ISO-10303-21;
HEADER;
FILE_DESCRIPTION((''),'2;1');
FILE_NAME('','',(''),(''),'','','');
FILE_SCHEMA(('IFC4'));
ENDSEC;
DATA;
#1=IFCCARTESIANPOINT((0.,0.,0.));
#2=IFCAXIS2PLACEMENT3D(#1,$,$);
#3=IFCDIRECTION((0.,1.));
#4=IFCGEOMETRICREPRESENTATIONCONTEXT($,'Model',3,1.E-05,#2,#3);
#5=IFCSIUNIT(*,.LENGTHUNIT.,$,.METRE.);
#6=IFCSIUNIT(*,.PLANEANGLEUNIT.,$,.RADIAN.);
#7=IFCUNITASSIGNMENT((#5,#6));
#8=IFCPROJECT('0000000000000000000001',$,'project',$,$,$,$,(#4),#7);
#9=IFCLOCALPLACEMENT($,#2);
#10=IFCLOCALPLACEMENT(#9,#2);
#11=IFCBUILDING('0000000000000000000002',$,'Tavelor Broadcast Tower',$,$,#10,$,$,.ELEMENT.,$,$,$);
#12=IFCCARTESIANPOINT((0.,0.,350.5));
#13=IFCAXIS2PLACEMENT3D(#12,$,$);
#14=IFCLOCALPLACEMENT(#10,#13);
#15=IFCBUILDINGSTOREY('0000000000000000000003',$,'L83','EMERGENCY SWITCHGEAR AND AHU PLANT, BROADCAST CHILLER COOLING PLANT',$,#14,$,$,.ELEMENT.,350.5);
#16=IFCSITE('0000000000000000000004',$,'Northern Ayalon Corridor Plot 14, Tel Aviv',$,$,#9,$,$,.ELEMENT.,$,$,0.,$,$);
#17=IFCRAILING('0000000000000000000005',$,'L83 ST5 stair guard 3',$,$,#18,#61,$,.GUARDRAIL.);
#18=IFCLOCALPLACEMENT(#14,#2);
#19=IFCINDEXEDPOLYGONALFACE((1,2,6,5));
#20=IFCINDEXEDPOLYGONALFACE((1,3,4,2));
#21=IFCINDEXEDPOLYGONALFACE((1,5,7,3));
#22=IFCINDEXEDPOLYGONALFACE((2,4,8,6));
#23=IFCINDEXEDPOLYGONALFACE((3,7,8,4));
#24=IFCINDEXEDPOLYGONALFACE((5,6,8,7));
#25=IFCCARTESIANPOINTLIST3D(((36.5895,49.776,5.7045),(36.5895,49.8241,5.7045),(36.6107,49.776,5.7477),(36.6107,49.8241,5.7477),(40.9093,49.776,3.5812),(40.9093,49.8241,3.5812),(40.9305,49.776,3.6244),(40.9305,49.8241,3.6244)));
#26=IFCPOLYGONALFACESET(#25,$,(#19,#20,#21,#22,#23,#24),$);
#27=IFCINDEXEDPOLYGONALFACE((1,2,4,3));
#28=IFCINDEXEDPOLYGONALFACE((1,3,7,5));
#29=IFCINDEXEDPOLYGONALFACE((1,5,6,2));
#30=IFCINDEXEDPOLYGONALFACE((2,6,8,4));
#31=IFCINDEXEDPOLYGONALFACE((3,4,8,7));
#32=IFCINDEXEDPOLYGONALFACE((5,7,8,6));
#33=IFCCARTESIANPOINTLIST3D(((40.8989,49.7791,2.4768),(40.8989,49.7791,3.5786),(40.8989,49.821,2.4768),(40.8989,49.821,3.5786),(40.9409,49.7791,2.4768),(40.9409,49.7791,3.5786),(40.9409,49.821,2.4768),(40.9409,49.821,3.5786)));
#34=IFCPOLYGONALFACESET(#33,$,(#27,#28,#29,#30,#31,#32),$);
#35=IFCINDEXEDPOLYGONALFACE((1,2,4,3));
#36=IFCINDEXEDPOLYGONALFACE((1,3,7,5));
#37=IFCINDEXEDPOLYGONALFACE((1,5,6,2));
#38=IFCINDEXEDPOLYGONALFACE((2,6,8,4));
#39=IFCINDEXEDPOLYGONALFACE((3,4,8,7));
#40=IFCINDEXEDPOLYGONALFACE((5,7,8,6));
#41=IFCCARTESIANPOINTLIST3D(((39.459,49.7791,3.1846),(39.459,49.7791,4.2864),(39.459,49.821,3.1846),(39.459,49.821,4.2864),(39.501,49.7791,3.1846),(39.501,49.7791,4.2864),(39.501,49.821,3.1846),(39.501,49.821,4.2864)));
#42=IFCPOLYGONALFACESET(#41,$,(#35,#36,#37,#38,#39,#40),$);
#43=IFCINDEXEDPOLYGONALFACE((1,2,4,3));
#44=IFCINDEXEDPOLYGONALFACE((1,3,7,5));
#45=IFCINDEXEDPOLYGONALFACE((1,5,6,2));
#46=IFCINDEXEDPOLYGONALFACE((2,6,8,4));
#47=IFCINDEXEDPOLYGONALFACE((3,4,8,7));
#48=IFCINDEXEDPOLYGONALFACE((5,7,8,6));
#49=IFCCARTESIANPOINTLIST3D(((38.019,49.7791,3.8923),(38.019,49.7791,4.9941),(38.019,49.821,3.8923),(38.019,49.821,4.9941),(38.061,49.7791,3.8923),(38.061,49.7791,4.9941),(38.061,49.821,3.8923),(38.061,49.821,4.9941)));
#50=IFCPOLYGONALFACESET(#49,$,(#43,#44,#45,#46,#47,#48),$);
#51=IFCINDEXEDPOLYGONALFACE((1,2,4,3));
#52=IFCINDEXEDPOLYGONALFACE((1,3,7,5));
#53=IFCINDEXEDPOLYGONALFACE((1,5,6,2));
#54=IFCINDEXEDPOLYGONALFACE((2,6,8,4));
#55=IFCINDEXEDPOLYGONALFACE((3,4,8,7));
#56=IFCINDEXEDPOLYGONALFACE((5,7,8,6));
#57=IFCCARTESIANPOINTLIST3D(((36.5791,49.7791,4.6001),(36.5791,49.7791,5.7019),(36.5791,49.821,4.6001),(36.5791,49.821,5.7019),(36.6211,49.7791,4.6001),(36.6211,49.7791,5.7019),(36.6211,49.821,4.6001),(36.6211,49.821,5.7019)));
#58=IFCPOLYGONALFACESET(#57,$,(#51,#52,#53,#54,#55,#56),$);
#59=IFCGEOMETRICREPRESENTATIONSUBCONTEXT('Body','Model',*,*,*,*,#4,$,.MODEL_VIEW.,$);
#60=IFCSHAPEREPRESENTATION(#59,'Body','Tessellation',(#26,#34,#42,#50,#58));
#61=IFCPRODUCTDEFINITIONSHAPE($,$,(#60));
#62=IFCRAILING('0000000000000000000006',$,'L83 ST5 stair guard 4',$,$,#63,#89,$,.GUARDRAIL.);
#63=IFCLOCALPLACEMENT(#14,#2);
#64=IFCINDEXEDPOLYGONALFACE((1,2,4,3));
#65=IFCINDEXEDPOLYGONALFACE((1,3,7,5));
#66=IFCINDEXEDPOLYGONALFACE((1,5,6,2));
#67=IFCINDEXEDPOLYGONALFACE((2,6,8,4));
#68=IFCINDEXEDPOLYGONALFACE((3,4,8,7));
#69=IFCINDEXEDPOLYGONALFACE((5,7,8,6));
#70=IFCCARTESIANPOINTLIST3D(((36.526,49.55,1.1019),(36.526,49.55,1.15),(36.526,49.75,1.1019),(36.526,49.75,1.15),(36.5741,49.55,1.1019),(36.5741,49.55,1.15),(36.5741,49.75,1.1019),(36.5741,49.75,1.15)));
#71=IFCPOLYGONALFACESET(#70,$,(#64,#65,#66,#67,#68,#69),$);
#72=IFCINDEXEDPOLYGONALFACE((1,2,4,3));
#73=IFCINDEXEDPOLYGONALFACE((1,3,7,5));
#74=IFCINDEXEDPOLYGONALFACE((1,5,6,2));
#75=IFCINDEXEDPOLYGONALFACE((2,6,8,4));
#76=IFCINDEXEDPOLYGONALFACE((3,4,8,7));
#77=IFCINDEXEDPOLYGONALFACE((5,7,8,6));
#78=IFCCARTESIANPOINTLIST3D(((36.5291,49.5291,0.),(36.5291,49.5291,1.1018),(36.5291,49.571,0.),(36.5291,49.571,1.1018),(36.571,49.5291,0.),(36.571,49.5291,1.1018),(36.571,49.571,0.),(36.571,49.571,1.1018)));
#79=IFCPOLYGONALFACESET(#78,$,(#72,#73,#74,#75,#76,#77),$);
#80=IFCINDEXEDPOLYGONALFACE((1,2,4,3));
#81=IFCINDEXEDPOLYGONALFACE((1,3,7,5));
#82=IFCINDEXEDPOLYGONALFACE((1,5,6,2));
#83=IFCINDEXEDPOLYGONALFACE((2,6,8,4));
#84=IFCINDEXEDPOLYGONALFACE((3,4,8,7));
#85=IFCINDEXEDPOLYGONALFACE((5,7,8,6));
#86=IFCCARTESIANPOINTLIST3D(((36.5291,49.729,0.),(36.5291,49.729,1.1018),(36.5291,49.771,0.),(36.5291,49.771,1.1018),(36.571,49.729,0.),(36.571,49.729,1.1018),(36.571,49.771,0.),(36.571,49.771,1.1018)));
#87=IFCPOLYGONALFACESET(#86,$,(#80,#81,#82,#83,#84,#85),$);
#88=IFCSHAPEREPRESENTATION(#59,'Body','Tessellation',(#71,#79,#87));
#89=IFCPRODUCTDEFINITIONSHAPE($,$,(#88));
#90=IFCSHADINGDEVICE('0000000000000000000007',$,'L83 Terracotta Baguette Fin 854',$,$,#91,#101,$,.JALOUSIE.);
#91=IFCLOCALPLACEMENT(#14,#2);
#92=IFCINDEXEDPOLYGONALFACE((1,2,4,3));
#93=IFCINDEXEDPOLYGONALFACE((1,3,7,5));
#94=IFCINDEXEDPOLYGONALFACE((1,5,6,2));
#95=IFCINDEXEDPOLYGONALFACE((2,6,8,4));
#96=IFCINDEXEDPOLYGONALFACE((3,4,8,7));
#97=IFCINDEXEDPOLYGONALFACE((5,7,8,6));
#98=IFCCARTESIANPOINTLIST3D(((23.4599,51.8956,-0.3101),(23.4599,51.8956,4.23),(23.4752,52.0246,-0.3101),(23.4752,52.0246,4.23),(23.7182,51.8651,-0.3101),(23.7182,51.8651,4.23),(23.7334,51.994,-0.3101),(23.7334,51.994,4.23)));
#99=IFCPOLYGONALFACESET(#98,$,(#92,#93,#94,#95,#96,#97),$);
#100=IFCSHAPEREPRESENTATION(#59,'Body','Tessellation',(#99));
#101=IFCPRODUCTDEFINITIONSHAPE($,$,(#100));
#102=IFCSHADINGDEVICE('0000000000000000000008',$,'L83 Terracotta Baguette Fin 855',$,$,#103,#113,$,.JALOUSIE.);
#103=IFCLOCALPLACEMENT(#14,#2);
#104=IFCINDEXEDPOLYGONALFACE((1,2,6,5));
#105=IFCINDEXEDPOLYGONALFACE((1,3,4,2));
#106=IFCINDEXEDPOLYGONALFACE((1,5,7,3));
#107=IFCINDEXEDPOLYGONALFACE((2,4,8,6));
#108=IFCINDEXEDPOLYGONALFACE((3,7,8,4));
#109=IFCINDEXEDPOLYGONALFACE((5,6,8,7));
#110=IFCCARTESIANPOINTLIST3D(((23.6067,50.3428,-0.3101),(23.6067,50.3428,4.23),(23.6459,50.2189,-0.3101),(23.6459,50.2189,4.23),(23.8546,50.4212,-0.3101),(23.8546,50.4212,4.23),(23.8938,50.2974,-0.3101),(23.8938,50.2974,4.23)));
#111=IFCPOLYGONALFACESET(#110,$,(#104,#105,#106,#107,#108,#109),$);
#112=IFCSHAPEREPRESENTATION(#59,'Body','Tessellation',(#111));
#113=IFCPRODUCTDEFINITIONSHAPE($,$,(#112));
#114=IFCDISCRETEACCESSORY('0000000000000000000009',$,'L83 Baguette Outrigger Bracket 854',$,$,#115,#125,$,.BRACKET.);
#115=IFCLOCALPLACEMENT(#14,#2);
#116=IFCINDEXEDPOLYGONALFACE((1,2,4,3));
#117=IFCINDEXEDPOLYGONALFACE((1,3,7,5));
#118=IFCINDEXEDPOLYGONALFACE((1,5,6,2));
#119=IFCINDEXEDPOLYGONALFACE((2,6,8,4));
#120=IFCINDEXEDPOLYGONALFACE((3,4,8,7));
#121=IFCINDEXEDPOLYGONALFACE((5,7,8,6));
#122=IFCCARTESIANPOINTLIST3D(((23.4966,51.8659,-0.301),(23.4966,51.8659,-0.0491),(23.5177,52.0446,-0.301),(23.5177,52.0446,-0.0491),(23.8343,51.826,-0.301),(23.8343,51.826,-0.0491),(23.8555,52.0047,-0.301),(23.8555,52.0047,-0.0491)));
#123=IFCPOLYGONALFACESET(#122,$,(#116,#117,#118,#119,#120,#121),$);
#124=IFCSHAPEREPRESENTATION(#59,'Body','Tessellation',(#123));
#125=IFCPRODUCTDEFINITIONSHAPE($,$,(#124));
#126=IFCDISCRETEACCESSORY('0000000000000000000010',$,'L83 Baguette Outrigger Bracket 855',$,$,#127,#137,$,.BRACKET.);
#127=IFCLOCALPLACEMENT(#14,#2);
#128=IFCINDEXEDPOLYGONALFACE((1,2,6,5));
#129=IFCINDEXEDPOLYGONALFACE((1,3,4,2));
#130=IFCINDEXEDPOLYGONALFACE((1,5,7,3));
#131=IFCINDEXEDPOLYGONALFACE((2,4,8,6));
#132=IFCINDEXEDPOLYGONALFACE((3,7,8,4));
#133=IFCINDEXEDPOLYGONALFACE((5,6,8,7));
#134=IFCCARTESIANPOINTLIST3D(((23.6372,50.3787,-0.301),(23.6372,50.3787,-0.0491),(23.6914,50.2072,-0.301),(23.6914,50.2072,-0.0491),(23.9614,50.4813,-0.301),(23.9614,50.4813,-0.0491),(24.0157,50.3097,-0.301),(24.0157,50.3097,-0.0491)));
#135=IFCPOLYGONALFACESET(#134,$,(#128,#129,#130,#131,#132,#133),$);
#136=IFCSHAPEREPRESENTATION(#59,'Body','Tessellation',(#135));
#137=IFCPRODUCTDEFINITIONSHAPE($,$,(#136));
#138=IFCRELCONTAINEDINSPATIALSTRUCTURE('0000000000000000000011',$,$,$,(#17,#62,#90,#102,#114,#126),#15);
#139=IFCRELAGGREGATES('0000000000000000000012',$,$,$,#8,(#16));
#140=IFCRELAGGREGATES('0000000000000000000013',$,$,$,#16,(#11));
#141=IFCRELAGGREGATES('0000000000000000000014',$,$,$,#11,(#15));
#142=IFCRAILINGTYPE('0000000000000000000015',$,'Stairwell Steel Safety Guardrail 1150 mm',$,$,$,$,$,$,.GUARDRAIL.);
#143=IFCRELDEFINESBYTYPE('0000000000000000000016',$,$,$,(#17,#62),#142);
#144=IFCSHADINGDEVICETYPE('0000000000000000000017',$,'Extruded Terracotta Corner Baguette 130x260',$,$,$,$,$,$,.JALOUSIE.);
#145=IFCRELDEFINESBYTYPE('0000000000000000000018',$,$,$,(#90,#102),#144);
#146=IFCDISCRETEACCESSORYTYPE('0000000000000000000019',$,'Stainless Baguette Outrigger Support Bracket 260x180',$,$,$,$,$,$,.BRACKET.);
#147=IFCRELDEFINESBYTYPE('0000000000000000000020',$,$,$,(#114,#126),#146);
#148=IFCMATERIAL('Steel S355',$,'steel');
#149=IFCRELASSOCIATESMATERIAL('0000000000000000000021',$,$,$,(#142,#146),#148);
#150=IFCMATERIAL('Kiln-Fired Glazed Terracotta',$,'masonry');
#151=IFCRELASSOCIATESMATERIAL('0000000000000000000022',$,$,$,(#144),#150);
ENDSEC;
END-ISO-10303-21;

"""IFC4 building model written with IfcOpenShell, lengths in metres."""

from ifc_helpers import new_model, si_unit, direction, frame, origin, origin_2d, place, context, subcontext, project, spatial, rectangle, extrude, source, transform, mapped, material, type_object, type_shapes, element, save


model = new_model("IFC4")

# Units and contexts
model_context = context("Model", 3, precision=1e-05, world=origin(), true_north=direction((0.0, 1.0)))
body_context = subcontext(model_context, "Body", "Model", "MODEL_VIEW")
ifc_project = project(units=[si_unit("LENGTHUNIT", "METRE"), si_unit("PLANEANGLEUNIT", "RADIAN")], contexts=[model_context])

# Site, building, storey
site_placement = place(None, origin())
site = spatial("IfcSite", under=ifc_project, at=site_placement, Name="Northern Ayalon Corridor Plot 14, Tel Aviv", CompositionType="ELEMENT", RefElevation=0.0)
building_placement = place(site_placement, origin())
building = spatial("IfcBuilding", under=site, at=building_placement, Name="Tavelor Broadcast Tower", CompositionType="ELEMENT")
storey_placement = place(building_placement, frame((0.0, 0.0, 350.5)))
storey = spatial("IfcBuildingStorey", under=building, at=storey_placement, Name="L83", Description="EMERGENCY SWITCHGEAR AND AHU PLANT, BROADCAST CHILLER COOLING PLANT", CompositionType="ELEMENT", Elevation=350.5)

# Shared definitions
ifc_material_1 = material(Name="Steel S355", Category="steel")

# Railings
railing_type_1 = type_object("IfcRailingType", Name="Stairwell Steel Safety Guardrail 1150 mm", PredefinedType="GUARDRAIL", material=ifc_material_1)
railing_1_placement = place(storey_placement, frame((40.9199, 49.8, 2.4768)))
element("IfcRailing", 1, at=railing_1_placement, inside=storey, type_object=railing_type_1, Name="L83 ST5 stair guard 3", PredefinedType="GUARDRAIL", context=body_context, shape_type="SweptSolid", body=[
    extrude(rectangle(XDim=0.0481, YDim=0.0481, at=origin_2d()), frame((0.0, 0.0, 1.126), z_axis=(-0.89745, 0.0, 0.441117), x_axis=(0.0, -1.0, 0.0)), (0.0, 0.0, 1.0), 4.8135),
    extrude(rectangle(XDim=0.042, YDim=0.042, at=origin_2d()), origin(), (0.0, 0.0, 1.0), 1.1018),
    extrude(rectangle(XDim=0.042, YDim=0.042, at=origin_2d()), frame((-1.4399, 0.0, 0.7078)), (0.0, 0.0, 1.0), 1.1018),
    extrude(rectangle(XDim=0.042, YDim=0.042, at=origin_2d()), frame((-2.8799, 0.0, 1.4155)), (0.0, 0.0, 1.0), 1.1018),
    extrude(rectangle(XDim=0.042, YDim=0.042, at=origin_2d()), frame((-4.3198, 0.0, 2.1233)), (0.0, 0.0, 1.0), 1.1018),
])
railing_2_placement = place(storey_placement, frame((36.55, 49.55, 0.0)))
element("IfcRailing", 2, at=railing_2_placement, inside=storey, type_object=railing_type_1, Name="L83 ST5 stair guard 4", PredefinedType="GUARDRAIL", context=body_context, shape_type="SweptSolid", body=[
    extrude(rectangle(XDim=0.0481, YDim=0.0481, at=origin_2d()), frame((0.0, 0.0, 1.126), z_axis=(0.0, 1.0, 0.0), x_axis=(-1.0, 0.0, 0.0)), (0.0, 0.0, 1.0), 0.2),
    extrude(rectangle(XDim=0.042, YDim=0.042, at=origin_2d()), origin(), (0.0, 0.0, 1.0), 1.1018),
    extrude(rectangle(XDim=0.042, YDim=0.042, at=origin_2d()), frame((0.0, 0.2, 0.0)), (0.0, 0.0, 1.0), 1.1018),
])

# Shading devices
ifc_material_2 = material(Name="Kiln-Fired Glazed Terracotta", Category="masonry")
shading_device_type = type_object("IfcShadingDeviceType", Name="Extruded Terracotta Corner Baguette 130x260", PredefinedType="JALOUSIE", material=ifc_material_2)
shared_shape_1 = source(origin(), body_context, "Body", "SweptSolid", [
    extrude(rectangle(XDim=0.1299, YDim=0.26, at=origin_2d()), origin(), (0.0, 0.0, 1.0), 4.54),
])
type_shapes(shading_device_type, [shared_shape_1])
for number, where, z_axis, x_axis, name in (
    (3, (23.5967, 51.9448, -0.3101), (0.0, 0.0, 1.0), (-0.117537, -0.993068, 0.0), "L83 Terracotta Baguette Fin 854"),
    (4, (23.7502, 50.3201, -0.3101), (0.0, 0.0, 1.0), (0.301538, -0.953454, 0.0), "L83 Terracotta Baguette Fin 855"),
):
    element("IfcShadingDevice", number, at=place(storey_placement, frame(where, z_axis=z_axis, x_axis=x_axis)), inside=storey, type_object=shading_device_type, Name=name, PredefinedType="JALOUSIE", context=body_context, shape_type="MappedRepresentation", body=[
        mapped(shared_shape_1, transform((0.0, 0.0, 0.0), scale=1.0)),
    ])

# Discrete accessories
discrete_accessory_type = type_object("IfcDiscreteAccessoryType", Name="Stainless Baguette Outrigger Support Bracket 260x180", PredefinedType="BRACKET", material=ifc_material_1)
shared_shape_2 = source(origin(), body_context, "Body", "SweptSolid", [
    extrude(rectangle(XDim=0.1799, YDim=0.3401, at=origin_2d()), origin(), (0.0, 0.0, 1.0), 0.252),
])
type_shapes(discrete_accessory_type, [shared_shape_2])
for number, where, z_axis, x_axis, name in (
    (5, (23.676, 51.9353, -0.301), (0.0, 0.0, 1.0), (-0.117537, -0.993068, 0.0), "L83 Baguette Outrigger Bracket 854"),
    (6, (23.8264, 50.3442, -0.301), (0.0, 0.0, 1.0), (0.301538, -0.953454, 0.0), "L83 Baguette Outrigger Bracket 855"),
):
    element("IfcDiscreteAccessory", number, at=place(storey_placement, frame(where, z_axis=z_axis, x_axis=x_axis)), inside=storey, type_object=discrete_accessory_type, Name=name, PredefinedType="BRACKET", context=body_context, shape_type="MappedRepresentation", body=[
        mapped(shared_shape_2, transform((0.0, 0.0, 0.0), scale=1.0)),
    ])

save(model, "model.ifc")
